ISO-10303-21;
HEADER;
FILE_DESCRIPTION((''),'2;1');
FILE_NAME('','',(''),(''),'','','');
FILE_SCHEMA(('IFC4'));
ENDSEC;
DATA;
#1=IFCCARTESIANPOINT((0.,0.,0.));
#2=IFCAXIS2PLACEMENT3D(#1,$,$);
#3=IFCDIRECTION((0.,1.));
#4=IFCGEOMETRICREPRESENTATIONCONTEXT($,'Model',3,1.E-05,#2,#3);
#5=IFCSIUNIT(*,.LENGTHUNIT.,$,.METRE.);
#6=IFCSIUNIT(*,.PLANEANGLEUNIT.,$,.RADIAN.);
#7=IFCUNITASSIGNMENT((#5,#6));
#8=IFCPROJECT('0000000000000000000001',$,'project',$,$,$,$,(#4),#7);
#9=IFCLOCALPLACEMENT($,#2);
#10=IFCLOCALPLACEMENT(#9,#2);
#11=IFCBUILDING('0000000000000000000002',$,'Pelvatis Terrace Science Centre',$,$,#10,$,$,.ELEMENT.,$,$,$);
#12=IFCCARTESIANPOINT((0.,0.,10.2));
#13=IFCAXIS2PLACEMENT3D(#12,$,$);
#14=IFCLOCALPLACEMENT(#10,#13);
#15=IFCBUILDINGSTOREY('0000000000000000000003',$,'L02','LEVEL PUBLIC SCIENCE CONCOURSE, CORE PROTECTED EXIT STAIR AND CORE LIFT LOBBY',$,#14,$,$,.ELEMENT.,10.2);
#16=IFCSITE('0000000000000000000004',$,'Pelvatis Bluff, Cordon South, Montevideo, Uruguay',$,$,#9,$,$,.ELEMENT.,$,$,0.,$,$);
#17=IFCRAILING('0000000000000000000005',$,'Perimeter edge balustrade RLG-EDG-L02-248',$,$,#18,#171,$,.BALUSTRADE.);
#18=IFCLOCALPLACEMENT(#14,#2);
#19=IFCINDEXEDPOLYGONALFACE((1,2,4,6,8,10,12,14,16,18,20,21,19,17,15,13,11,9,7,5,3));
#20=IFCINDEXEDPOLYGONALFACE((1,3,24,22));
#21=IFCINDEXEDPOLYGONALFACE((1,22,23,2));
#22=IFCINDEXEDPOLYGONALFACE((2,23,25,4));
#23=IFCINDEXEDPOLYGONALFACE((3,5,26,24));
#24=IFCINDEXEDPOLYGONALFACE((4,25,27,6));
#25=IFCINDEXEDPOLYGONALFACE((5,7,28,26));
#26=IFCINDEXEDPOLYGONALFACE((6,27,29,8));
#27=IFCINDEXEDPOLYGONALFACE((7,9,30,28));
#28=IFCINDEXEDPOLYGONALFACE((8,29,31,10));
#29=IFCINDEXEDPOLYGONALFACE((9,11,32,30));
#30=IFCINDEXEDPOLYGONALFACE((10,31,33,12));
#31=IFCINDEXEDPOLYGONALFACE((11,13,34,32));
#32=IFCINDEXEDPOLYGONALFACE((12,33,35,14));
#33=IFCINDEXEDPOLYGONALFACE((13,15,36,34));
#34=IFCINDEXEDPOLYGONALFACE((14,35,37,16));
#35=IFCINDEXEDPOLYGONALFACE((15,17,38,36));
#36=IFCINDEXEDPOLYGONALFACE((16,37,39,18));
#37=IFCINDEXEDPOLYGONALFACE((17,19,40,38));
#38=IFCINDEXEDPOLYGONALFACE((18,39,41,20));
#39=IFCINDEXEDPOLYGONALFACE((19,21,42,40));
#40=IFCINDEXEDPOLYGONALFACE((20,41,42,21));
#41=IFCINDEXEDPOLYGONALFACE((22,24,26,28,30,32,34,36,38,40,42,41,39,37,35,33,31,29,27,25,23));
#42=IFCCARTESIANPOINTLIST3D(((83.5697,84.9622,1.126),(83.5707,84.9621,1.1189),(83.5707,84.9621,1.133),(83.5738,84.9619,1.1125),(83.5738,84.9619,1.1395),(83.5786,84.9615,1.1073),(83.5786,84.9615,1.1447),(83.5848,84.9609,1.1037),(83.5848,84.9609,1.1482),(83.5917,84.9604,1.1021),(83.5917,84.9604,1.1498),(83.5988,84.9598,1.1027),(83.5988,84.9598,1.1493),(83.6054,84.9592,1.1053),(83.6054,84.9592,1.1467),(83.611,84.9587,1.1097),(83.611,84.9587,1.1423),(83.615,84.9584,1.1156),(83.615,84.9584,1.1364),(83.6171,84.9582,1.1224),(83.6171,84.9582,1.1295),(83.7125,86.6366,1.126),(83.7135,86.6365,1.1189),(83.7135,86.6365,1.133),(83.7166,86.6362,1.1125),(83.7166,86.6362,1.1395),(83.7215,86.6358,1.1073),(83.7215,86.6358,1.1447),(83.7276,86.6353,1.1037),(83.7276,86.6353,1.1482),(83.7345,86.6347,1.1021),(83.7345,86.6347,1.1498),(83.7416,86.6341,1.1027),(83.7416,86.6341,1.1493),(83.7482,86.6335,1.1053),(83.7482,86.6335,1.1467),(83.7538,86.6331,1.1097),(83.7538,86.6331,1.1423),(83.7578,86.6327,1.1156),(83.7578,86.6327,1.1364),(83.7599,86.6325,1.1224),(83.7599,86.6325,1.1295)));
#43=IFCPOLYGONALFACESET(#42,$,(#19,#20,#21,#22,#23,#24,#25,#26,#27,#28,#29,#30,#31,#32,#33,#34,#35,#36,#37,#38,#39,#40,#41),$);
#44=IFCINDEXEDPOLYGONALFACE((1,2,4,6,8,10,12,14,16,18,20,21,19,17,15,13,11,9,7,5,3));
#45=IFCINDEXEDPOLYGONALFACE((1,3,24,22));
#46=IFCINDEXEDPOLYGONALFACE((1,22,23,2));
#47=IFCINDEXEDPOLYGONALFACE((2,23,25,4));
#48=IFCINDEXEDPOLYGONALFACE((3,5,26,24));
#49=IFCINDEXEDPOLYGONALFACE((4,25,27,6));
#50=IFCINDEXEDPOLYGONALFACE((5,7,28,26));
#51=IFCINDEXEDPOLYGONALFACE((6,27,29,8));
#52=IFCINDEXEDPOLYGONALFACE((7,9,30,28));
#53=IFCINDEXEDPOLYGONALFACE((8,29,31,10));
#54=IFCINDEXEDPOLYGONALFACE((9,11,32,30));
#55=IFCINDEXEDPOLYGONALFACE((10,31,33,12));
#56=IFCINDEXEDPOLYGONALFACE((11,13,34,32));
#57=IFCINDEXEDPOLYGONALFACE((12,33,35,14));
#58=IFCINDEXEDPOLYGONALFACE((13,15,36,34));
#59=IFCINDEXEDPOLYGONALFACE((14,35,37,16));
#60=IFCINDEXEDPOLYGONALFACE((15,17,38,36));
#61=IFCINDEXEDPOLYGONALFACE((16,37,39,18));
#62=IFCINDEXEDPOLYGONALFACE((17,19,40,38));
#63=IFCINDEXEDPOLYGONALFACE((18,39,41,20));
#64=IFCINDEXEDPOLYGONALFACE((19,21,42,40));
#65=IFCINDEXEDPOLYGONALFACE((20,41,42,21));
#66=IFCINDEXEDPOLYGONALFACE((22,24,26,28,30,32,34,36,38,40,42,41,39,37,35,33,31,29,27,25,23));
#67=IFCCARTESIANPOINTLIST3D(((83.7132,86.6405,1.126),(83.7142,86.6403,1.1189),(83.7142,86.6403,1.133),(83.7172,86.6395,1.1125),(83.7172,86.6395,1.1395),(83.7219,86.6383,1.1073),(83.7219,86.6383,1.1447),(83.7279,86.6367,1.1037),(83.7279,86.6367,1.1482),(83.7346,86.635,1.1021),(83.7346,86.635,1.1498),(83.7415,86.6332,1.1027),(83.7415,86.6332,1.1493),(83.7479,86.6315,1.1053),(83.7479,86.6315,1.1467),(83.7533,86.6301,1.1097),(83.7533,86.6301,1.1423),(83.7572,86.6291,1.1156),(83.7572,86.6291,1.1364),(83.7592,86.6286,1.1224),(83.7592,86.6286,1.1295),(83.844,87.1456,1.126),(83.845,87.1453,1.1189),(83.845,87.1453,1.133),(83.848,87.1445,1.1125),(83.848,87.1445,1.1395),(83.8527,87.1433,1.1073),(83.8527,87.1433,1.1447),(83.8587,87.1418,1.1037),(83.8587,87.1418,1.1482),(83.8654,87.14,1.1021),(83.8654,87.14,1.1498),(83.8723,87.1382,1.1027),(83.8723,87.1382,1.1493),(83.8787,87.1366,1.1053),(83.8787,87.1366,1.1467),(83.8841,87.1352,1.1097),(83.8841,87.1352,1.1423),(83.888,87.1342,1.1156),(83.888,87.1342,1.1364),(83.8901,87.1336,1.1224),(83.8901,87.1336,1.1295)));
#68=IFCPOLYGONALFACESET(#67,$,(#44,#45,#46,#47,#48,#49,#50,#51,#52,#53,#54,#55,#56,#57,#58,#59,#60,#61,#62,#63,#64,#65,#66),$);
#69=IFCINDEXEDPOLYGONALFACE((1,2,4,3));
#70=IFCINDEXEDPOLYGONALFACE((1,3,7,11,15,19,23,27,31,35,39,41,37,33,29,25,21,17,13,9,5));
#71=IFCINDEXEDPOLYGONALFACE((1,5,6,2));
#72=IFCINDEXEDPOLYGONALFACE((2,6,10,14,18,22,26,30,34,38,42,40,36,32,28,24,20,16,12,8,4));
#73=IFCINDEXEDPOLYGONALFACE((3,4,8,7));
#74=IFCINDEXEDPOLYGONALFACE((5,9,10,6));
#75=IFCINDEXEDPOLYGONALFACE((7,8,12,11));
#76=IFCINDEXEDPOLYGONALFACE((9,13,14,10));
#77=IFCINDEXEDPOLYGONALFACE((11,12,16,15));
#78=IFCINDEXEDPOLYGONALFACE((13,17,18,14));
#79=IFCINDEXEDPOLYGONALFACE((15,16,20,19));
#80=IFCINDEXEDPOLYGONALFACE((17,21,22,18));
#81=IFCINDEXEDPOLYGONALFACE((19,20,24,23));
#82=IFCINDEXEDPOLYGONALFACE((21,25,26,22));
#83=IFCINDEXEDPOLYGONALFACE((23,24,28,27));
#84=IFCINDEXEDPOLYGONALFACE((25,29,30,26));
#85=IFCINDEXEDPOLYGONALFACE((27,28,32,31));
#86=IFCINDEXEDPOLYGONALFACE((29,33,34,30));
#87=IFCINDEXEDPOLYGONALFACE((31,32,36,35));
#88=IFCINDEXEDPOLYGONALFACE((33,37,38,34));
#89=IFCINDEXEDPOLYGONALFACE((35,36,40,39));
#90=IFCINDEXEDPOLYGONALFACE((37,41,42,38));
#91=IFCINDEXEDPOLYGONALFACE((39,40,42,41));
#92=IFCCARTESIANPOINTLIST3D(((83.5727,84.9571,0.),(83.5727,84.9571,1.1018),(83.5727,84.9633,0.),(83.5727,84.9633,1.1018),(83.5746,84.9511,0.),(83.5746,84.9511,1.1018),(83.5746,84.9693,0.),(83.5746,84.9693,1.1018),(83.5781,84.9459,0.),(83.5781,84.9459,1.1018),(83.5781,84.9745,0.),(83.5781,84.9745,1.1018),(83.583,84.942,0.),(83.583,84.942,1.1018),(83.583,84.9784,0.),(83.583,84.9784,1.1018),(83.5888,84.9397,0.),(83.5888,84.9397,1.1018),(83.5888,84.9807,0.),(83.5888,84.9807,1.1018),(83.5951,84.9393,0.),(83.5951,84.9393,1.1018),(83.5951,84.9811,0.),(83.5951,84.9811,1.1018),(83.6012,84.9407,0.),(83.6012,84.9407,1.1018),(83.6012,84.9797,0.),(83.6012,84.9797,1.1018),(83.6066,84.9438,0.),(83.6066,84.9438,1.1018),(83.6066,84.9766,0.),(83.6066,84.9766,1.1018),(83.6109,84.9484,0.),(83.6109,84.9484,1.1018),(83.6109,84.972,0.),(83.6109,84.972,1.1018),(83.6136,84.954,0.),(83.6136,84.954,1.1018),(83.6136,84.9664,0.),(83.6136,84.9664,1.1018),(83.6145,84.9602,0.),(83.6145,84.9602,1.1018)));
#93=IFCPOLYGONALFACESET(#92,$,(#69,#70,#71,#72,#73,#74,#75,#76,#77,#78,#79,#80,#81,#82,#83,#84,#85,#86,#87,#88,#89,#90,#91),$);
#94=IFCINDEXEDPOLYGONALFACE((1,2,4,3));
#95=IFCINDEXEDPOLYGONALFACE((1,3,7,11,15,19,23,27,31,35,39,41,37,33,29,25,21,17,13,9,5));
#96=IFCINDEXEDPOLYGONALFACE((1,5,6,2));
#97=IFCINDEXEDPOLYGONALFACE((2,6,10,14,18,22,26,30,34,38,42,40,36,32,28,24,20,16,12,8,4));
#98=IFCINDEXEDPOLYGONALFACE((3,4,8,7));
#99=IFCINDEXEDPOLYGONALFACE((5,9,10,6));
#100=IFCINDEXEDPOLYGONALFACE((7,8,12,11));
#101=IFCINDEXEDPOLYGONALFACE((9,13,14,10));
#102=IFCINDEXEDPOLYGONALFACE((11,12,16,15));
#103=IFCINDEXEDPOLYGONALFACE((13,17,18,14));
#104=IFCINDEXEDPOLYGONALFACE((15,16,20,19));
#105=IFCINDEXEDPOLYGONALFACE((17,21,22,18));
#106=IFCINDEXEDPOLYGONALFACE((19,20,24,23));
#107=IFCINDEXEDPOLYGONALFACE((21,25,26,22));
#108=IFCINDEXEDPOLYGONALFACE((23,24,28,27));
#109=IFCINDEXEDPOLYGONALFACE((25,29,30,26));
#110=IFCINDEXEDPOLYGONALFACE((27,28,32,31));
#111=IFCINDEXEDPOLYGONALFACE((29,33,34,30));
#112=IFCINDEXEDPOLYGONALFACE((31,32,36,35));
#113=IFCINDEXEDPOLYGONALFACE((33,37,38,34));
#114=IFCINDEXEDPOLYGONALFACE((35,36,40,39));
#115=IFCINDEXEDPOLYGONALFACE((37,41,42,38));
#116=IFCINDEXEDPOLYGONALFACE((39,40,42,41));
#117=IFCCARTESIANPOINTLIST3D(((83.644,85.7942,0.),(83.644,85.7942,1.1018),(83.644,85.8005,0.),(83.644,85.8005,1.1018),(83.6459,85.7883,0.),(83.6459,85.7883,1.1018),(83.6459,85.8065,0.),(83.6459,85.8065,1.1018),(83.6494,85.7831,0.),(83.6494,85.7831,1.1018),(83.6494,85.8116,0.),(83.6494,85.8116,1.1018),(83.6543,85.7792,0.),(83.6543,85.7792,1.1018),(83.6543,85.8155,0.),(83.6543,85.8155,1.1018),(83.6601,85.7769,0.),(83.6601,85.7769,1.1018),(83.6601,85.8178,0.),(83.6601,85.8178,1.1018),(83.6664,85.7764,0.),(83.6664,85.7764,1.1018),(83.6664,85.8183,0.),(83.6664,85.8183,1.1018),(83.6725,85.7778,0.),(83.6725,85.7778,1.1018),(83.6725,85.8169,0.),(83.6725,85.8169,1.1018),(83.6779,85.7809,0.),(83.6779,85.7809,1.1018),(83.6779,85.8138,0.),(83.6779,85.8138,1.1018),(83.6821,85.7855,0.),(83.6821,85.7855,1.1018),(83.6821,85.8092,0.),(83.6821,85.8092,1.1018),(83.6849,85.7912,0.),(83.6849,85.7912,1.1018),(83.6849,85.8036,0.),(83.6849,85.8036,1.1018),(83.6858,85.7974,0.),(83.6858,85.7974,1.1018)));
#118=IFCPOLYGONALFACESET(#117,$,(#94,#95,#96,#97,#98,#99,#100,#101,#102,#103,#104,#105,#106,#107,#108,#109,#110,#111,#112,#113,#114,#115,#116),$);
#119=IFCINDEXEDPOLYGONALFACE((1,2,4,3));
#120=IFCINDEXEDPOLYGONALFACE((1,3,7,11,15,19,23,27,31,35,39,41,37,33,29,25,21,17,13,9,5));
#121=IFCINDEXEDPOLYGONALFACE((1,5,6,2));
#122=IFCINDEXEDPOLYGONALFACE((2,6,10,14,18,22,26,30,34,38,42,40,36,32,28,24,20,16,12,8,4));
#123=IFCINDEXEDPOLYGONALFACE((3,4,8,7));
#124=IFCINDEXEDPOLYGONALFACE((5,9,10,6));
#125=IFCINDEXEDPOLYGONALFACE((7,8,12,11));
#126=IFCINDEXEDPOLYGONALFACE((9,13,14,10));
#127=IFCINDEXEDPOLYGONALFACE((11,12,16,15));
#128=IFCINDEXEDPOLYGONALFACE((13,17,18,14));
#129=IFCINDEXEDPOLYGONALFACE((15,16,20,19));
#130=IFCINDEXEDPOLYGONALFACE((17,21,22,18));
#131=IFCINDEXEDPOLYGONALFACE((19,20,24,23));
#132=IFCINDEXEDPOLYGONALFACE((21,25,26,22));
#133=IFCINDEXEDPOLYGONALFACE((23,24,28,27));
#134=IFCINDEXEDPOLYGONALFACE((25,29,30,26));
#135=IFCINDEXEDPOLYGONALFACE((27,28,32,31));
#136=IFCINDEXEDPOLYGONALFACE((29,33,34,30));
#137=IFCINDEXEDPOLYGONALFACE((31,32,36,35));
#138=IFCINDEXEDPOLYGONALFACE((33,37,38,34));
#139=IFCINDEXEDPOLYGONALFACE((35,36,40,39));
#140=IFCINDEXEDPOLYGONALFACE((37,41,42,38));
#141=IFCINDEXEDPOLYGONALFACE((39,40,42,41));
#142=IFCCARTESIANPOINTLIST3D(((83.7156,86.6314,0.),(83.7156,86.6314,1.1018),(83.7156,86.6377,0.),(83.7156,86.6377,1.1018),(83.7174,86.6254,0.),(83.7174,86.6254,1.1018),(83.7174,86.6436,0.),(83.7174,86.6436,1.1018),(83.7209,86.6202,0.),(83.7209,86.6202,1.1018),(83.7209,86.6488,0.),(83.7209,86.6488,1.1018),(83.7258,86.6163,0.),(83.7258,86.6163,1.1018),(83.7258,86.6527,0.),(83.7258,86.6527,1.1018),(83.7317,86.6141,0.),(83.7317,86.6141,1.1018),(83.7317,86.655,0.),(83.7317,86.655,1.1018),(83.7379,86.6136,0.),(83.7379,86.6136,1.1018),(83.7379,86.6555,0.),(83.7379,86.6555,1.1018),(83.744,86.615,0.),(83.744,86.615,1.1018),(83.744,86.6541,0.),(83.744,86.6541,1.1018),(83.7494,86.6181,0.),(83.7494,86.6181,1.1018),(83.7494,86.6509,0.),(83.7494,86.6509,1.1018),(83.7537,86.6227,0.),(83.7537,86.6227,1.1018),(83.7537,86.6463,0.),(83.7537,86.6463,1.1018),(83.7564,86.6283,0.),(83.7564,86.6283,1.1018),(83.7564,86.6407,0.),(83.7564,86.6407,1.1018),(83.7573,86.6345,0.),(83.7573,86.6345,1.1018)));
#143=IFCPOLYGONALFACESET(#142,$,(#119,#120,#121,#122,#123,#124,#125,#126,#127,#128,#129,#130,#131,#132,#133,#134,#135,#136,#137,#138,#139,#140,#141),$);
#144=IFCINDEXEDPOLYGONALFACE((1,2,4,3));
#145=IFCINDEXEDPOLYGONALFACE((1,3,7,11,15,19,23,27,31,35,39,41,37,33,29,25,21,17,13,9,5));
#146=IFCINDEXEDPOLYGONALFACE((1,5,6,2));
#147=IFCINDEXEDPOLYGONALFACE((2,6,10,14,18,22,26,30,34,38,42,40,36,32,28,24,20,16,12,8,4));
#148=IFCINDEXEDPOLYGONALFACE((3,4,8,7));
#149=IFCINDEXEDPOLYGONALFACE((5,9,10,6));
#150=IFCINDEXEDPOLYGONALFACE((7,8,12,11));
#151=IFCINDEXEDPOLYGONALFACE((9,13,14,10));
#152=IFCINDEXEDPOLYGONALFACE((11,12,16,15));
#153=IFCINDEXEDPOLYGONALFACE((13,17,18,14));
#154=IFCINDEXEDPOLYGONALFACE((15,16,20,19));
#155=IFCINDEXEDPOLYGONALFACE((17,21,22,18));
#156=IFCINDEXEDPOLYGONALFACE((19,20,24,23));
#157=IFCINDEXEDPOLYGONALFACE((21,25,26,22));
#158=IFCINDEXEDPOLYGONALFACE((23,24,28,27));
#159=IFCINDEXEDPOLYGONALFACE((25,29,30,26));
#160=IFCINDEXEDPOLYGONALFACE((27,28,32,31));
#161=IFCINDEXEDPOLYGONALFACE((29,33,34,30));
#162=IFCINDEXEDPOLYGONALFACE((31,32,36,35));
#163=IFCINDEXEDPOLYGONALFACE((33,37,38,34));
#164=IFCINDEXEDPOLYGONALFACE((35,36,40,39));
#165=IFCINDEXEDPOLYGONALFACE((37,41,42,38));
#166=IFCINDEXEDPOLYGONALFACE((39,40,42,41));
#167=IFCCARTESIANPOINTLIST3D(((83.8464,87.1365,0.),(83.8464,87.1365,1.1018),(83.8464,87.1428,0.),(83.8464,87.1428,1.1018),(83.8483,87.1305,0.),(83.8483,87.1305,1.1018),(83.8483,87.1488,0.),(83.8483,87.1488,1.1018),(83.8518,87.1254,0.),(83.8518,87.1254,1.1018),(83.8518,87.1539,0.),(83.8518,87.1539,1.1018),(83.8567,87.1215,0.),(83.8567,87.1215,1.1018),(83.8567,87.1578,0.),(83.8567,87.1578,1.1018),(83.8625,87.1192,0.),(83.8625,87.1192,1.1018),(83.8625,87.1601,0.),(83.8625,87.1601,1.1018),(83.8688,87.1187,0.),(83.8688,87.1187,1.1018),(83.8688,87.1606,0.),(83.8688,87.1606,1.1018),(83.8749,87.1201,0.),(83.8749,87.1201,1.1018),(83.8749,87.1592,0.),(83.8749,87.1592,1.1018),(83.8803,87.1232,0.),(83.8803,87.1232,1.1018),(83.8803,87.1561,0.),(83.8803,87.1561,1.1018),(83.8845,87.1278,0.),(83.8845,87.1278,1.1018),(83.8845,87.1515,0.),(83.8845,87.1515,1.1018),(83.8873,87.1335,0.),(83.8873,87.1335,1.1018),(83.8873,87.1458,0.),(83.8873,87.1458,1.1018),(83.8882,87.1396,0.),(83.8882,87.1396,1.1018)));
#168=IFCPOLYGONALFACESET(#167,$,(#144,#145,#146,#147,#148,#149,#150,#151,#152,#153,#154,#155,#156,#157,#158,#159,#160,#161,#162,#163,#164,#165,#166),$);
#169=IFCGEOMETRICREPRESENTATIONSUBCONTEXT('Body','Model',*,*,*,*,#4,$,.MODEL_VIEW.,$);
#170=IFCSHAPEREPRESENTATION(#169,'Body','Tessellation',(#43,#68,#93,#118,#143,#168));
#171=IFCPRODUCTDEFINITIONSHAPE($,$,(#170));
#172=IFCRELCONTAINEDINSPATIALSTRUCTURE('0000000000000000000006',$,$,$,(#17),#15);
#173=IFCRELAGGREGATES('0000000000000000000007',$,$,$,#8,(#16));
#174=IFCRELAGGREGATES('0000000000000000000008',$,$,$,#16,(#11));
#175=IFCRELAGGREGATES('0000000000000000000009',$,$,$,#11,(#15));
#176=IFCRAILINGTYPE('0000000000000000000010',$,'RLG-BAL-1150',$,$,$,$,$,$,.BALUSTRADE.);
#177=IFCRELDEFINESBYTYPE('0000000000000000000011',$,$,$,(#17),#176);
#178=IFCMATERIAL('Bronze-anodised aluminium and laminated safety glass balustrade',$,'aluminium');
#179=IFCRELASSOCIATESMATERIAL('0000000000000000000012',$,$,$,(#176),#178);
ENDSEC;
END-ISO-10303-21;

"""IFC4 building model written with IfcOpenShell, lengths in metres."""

from ifc_helpers import new_model, si_unit, direction, frame, origin, origin_2d, place, context, subcontext, project, spatial, circle, extrude, material, type_object, element, save


model = new_model("IFC4")

# Units and contexts
model_context = context("Model", 3, precision=1e-05, world=origin(), true_north=direction((0.0, 1.0)))
body_context = subcontext(model_context, "Body", "Model", "MODEL_VIEW")
ifc_project = project(units=[si_unit("LENGTHUNIT", "METRE"), si_unit("PLANEANGLEUNIT", "RADIAN")], contexts=[model_context])

# Site, building, storey
site_placement = place(None, origin())
site = spatial("IfcSite", under=ifc_project, at=site_placement, Name="Pelvatis Bluff, Cordon South, Montevideo, Uruguay", CompositionType="ELEMENT", RefElevation=0.0)
building_placement = place(site_placement, origin())
building = spatial("IfcBuilding", under=site, at=building_placement, Name="Pelvatis Terrace Science Centre", CompositionType="ELEMENT")
storey_placement = place(building_placement, frame((0.0, 0.0, 10.2)))
storey = spatial("IfcBuildingStorey", under=building, at=storey_placement, Name="L02", Description="LEVEL PUBLIC SCIENCE CONCOURSE, CORE PROTECTED EXIT STAIR AND CORE LIFT LOBBY", CompositionType="ELEMENT", Elevation=10.2)

# Railing
ifc_material_1 = material(Name="Bronze-anodised aluminium and laminated safety glass balustrade", Category="aluminium")
railing_type = type_object("IfcRailingType", Name="RLG-BAL-1150", PredefinedType="BALUSTRADE", material=ifc_material_1)
railing_1_placement = place(storey_placement, frame((83.5935, 84.9602, 0.0)))
element("IfcRailing", 1, at=railing_1_placement, inside=storey, type_object=railing_type, Name="Perimeter edge balustrade RLG-EDG-L02-248", PredefinedType="BALUSTRADE", context=body_context, shape_type="SweptSolid", body=[
    extrude(circle(Radius=0.0239, at=origin_2d()), frame((0.0, 0.0, 1.126), z_axis=(0.084993, 0.996382, 0.0), x_axis=(-0.996382, 0.084993, 0.0)), (0.0, 0.0, 1.0), 1.6804),
    extrude(circle(Radius=0.0239, at=origin_2d()), frame((0.1428, 1.6743, 1.126), z_axis=(0.250784, 0.968043, 0.0), x_axis=(-0.968043, 0.250784, 0.0)), (0.0, 0.0, 1.0), 0.5217),
    extrude(circle(Radius=0.021, at=origin_2d()), origin(), (0.0, 0.0, 1.0), 1.1018),
    extrude(circle(Radius=0.021, at=origin_2d()), frame((0.0713, 0.8372, 0.0)), (0.0, 0.0, 1.0), 1.1018),
    extrude(circle(Radius=0.021, at=origin_2d()), frame((0.1428, 1.6743, 0.0)), (0.0, 0.0, 1.0), 1.1018),
    extrude(circle(Radius=0.021, at=origin_2d()), frame((0.2737, 2.1794, 0.0)), (0.0, 0.0, 1.0), 1.1018),
])

save(model, "model.ifc")
